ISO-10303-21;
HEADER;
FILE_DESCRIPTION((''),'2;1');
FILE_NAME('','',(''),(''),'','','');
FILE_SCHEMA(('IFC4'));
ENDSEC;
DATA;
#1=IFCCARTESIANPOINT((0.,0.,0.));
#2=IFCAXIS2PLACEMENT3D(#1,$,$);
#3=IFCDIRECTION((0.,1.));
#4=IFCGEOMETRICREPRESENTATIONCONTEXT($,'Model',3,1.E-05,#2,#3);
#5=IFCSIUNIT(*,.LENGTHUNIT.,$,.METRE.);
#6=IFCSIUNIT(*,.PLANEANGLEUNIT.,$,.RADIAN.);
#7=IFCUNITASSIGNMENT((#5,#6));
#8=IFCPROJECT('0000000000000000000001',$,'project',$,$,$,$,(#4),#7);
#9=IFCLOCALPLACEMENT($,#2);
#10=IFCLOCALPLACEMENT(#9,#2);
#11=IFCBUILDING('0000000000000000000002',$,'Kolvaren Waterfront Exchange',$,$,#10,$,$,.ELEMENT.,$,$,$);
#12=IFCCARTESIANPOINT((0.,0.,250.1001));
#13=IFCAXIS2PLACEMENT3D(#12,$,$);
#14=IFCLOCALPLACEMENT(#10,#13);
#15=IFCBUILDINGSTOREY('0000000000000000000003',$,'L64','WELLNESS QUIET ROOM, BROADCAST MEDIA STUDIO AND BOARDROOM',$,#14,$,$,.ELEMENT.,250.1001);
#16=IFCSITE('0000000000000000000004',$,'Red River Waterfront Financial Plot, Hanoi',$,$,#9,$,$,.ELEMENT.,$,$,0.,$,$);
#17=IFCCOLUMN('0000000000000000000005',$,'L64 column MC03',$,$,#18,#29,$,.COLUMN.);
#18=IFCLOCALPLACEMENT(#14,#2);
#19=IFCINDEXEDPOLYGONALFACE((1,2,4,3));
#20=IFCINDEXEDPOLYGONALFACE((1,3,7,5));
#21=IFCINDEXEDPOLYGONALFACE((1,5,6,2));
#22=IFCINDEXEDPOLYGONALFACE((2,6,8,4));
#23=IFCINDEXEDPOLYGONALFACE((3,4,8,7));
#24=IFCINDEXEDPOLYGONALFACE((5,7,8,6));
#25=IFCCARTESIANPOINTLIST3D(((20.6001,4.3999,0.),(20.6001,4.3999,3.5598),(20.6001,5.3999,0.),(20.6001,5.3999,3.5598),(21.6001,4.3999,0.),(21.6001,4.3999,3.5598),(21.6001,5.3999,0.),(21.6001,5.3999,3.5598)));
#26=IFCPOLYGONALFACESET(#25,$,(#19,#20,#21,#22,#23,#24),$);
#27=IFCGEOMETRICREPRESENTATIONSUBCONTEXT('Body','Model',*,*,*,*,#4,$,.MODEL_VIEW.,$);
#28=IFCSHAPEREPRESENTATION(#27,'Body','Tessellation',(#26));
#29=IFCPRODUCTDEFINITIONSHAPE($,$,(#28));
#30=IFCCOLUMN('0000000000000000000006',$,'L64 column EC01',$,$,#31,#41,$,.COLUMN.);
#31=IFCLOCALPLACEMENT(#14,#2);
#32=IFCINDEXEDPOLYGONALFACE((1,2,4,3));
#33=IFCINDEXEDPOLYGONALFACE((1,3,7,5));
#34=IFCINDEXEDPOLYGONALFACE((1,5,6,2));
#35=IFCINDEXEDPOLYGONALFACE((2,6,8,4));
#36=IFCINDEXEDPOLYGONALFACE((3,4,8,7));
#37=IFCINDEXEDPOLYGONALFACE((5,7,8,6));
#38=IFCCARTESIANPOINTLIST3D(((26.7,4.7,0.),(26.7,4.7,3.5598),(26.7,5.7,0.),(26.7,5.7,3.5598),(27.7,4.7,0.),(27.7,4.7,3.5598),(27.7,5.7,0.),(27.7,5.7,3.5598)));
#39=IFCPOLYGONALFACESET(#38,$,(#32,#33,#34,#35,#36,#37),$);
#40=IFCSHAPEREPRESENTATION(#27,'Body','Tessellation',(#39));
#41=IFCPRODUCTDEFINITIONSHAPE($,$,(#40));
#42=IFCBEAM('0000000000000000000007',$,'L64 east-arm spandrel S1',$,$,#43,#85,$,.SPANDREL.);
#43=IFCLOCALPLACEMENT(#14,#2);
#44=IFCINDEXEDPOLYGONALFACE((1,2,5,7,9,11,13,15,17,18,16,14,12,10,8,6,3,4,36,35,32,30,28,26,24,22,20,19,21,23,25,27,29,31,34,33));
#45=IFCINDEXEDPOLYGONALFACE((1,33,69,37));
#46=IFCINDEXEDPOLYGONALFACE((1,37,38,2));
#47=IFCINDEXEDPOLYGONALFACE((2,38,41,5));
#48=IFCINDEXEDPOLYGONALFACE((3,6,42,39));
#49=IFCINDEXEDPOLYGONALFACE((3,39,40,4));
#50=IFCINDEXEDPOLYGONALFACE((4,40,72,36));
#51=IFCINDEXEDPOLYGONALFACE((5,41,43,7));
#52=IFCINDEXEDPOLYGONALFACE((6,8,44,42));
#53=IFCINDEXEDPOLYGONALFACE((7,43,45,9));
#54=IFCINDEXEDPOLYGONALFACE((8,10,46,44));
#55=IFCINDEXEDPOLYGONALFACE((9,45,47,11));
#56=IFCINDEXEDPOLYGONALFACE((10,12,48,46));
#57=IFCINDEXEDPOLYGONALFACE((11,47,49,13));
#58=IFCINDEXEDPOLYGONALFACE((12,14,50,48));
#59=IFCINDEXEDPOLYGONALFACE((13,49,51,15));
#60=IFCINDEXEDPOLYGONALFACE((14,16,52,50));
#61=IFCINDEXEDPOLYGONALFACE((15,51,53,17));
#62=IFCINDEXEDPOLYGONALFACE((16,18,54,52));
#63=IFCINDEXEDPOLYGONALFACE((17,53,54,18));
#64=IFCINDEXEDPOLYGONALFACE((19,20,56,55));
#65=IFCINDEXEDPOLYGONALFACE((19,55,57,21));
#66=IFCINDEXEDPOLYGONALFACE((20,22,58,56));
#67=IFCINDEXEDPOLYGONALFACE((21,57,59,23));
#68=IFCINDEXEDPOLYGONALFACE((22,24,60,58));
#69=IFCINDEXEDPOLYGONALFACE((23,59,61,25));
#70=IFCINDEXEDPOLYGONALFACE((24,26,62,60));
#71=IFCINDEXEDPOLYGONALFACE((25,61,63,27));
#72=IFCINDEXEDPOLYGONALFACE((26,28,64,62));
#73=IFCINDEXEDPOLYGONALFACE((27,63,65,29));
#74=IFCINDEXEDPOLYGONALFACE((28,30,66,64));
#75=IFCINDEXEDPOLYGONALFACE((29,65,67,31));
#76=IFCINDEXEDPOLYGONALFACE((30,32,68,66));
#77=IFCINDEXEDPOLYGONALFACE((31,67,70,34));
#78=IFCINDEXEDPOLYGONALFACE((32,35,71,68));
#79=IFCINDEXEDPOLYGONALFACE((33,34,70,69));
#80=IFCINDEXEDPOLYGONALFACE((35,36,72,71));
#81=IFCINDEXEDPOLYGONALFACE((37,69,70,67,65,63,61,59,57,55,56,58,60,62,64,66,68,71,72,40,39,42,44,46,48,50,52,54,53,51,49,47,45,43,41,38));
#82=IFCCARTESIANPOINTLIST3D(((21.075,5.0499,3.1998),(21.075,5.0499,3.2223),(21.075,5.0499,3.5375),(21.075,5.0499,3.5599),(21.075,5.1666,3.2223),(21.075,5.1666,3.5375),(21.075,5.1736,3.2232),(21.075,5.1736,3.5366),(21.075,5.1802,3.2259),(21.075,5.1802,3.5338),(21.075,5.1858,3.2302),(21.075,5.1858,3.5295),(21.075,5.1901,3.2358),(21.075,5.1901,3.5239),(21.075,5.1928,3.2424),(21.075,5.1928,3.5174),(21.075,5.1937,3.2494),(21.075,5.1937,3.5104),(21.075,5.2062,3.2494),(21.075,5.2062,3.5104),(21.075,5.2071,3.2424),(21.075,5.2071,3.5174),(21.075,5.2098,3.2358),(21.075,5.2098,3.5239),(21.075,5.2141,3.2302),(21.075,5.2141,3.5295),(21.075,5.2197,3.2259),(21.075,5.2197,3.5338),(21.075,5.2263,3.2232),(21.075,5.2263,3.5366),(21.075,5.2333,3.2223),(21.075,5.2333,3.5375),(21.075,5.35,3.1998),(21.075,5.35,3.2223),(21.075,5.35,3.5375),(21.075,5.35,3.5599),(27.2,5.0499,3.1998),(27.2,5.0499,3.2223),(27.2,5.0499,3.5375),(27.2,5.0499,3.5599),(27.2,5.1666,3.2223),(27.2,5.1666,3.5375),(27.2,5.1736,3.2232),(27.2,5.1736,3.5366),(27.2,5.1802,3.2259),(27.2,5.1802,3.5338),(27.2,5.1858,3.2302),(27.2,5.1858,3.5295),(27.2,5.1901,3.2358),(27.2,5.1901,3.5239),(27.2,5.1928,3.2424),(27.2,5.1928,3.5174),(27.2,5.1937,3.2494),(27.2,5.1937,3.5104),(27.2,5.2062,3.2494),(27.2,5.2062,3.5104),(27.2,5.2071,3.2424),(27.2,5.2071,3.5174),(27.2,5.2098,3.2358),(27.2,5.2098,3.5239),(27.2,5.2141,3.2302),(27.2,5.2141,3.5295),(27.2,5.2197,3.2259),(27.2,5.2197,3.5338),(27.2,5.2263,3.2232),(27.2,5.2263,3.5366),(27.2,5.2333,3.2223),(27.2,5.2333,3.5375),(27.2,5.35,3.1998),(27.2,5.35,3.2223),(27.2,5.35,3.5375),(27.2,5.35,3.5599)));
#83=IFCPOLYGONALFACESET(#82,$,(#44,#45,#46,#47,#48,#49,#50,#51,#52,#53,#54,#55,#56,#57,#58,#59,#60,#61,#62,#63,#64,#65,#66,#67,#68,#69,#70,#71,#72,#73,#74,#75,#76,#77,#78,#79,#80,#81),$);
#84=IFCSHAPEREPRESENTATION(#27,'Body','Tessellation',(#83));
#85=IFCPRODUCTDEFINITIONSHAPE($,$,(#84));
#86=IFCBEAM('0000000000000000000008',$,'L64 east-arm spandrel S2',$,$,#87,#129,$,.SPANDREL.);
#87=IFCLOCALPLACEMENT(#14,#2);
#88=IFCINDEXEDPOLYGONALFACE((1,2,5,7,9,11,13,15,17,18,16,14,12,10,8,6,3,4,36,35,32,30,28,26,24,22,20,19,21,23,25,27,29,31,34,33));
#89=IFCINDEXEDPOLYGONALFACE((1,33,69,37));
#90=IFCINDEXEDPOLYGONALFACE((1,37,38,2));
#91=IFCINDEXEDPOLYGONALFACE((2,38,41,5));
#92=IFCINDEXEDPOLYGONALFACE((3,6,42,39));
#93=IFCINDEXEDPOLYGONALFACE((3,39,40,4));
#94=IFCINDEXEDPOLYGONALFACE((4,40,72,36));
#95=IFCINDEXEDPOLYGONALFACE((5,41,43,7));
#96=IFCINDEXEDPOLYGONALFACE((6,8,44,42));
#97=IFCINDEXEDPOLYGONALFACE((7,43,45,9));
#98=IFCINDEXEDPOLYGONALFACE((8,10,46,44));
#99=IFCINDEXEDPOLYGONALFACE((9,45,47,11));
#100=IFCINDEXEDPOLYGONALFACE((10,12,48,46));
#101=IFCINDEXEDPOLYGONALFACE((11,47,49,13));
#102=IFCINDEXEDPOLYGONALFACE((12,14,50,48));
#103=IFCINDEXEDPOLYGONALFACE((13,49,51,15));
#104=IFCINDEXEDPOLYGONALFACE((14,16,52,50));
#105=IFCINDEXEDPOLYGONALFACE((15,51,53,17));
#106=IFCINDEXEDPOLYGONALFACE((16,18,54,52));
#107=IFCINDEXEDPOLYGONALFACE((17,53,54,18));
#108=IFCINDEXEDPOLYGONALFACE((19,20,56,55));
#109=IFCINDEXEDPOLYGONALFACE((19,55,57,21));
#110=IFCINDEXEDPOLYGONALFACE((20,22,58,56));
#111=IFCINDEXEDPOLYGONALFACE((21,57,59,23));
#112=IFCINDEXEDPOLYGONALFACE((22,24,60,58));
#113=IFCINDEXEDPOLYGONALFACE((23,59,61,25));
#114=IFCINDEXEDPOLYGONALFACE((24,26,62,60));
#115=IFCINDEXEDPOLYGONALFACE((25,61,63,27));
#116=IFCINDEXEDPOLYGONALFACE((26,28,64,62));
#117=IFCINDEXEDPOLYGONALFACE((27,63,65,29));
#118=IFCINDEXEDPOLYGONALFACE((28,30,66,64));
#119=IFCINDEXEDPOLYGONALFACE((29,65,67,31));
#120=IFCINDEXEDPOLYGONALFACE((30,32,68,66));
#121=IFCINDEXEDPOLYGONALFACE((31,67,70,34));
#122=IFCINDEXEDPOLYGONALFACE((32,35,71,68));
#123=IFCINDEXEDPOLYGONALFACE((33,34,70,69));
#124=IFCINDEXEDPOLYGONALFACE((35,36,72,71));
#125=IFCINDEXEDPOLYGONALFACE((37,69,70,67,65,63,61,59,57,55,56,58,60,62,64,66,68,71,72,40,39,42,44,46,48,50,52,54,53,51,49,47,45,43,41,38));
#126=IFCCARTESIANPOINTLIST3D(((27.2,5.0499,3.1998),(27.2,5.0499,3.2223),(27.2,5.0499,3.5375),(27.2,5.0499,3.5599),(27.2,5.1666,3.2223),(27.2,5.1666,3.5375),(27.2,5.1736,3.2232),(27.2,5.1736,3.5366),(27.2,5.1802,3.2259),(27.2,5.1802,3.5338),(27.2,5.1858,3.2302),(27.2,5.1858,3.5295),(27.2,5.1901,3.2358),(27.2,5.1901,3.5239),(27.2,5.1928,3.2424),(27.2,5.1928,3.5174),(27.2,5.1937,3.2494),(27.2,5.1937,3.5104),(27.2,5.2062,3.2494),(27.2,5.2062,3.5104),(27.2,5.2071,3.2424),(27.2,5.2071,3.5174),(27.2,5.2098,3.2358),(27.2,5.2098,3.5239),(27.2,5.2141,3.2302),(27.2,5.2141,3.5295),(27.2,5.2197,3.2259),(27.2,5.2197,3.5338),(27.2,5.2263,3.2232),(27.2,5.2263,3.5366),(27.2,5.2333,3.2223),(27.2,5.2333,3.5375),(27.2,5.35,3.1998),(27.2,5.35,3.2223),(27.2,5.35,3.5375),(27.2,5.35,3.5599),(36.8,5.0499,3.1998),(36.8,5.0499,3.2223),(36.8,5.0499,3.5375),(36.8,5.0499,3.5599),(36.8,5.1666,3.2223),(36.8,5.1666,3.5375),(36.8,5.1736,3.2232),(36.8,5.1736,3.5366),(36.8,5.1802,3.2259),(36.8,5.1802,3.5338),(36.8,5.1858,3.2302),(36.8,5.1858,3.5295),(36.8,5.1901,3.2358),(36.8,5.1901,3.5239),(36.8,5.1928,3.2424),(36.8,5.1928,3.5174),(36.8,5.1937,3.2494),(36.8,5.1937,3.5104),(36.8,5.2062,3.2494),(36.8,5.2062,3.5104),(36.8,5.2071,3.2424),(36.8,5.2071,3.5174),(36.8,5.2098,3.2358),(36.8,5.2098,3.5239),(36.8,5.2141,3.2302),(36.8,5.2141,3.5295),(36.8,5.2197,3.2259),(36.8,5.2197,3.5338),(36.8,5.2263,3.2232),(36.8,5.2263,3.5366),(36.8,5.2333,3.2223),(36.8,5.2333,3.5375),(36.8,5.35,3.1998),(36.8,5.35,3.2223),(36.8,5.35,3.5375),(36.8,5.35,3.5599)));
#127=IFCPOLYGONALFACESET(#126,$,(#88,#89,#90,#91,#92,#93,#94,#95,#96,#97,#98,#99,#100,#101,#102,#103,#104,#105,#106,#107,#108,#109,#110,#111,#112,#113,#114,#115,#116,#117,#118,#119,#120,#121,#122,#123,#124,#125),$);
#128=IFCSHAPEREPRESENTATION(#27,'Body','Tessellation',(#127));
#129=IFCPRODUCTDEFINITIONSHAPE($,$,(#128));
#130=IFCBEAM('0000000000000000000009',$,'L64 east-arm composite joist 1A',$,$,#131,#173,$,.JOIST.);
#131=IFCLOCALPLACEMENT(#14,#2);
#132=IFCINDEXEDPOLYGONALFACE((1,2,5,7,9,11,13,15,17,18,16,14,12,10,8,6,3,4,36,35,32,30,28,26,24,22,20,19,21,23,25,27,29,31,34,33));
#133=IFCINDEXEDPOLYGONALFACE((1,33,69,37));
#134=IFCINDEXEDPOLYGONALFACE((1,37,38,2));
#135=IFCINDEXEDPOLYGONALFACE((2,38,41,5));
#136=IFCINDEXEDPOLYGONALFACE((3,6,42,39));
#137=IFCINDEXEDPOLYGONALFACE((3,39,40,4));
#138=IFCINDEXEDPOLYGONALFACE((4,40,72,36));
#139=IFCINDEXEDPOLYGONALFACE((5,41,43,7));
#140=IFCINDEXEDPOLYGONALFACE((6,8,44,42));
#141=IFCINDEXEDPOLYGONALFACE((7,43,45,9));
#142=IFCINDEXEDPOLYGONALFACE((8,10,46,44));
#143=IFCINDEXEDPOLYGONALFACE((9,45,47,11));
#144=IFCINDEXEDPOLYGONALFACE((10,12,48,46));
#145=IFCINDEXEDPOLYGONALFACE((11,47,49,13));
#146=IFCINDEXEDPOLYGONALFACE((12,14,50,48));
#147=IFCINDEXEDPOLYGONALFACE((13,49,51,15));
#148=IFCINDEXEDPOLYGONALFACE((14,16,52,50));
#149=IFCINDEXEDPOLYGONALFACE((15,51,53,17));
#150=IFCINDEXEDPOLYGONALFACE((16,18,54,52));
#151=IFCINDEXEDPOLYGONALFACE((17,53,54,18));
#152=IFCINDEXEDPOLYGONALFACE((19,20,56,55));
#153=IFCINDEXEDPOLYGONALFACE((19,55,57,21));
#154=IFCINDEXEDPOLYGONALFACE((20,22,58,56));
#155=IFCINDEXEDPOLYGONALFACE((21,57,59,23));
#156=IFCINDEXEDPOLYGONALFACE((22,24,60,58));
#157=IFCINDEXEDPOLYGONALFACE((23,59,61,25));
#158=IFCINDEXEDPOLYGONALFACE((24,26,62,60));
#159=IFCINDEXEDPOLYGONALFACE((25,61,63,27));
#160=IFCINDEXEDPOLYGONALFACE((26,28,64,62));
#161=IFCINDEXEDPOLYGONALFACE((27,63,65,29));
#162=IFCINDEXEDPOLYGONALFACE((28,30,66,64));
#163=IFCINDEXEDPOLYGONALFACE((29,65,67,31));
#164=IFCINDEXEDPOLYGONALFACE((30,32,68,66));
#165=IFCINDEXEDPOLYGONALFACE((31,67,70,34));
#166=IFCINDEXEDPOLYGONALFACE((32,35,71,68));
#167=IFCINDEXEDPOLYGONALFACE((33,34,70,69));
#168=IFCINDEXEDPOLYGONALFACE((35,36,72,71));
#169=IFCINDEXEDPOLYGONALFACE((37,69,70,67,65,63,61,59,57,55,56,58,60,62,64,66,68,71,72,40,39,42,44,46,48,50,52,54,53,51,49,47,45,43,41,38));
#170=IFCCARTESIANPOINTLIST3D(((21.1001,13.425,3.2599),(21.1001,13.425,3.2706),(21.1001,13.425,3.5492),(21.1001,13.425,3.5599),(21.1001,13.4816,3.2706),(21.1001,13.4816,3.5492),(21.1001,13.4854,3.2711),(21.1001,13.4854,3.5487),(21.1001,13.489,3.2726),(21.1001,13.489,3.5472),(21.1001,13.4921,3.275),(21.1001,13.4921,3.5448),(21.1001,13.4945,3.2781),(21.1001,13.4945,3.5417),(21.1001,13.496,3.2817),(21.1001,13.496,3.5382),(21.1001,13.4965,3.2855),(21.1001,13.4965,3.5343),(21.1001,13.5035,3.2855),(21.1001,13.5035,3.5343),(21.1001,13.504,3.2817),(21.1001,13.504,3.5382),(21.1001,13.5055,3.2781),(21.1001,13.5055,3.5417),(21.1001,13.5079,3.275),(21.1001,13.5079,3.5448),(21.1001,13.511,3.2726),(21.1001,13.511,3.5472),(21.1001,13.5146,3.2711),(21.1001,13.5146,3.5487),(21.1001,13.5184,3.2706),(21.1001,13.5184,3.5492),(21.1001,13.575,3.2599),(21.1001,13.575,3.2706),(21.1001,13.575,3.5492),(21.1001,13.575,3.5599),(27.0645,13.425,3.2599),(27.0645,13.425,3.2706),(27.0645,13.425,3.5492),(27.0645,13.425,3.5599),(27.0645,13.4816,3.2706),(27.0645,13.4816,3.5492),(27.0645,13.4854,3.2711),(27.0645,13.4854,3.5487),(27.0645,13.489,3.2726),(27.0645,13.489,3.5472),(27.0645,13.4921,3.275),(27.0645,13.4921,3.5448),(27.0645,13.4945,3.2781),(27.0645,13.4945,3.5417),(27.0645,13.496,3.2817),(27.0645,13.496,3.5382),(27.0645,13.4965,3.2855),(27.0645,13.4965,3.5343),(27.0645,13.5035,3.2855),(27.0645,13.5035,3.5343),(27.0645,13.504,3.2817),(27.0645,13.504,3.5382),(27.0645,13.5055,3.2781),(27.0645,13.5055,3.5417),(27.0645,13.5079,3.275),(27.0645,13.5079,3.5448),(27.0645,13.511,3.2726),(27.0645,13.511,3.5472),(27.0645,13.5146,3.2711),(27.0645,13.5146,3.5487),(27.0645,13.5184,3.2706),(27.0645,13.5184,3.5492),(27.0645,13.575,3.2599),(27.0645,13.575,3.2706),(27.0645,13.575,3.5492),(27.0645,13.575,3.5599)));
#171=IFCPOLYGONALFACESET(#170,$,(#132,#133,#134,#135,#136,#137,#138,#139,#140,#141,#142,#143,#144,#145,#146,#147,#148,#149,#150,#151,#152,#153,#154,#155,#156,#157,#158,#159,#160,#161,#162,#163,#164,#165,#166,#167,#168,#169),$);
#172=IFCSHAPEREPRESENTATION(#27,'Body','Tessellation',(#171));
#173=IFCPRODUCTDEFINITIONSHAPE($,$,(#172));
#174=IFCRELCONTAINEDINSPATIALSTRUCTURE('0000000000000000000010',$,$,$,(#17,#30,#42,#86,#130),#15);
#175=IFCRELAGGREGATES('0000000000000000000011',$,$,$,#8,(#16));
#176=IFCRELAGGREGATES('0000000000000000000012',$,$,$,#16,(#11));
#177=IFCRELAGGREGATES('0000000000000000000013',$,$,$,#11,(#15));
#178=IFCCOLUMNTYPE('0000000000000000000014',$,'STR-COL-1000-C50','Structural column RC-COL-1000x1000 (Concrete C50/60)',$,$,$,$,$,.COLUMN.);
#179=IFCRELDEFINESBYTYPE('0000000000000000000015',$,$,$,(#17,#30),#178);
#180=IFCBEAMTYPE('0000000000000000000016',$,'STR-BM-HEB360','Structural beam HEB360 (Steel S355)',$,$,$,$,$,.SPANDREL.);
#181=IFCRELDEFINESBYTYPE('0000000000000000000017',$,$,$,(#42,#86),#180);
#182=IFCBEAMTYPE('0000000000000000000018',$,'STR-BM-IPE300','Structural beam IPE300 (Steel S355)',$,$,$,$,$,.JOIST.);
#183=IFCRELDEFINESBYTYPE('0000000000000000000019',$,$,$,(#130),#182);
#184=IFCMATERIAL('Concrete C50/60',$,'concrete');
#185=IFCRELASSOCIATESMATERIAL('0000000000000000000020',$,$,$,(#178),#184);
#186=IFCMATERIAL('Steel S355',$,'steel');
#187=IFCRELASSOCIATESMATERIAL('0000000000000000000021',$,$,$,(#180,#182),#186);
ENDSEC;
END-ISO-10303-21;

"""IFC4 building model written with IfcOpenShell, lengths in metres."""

from ifc_helpers import new_model, si_unit, direction, frame, origin, origin_2d, place, context, subcontext, project, spatial, rectangle, i_section, extrude, material, material_profile, profile_set, type_object, element, save


model = new_model("IFC4")

# Units and contexts
model_context = context("Model", 3, precision=1e-05, world=origin(), true_north=direction((0.0, 1.0)))
body_context = subcontext(model_context, "Body", "Model", "MODEL_VIEW")
ifc_project = project(units=[si_unit("LENGTHUNIT", "METRE"), si_unit("PLANEANGLEUNIT", "RADIAN")], contexts=[model_context])

# Site, building, storey
site_placement = place(None, origin())
site = spatial("IfcSite", under=ifc_project, at=site_placement, Name="Red River Waterfront Financial Plot, Hanoi", CompositionType="ELEMENT", RefElevation=0.0)
building_placement = place(site_placement, origin())
building = spatial("IfcBuilding", under=site, at=building_placement, Name="Kolvaren Waterfront Exchange", CompositionType="ELEMENT")
storey_placement = place(building_placement, frame((0.0, 0.0, 250.1001)))
storey = spatial("IfcBuildingStorey", under=building, at=storey_placement, Name="L64", Description="WELLNESS QUIET ROOM, BROADCAST MEDIA STUDIO AND BOARDROOM", CompositionType="ELEMENT", Elevation=250.1001)

# Columns
ifc_material_1 = material(Name="Concrete C50/60", Category="concrete")
ifc_material_profile_1 = material_profile(ifc_material_1, rectangle(XDim=1.0, YDim=1.0, at=origin_2d()), Name="RC-COL-1000x1000")
ifc_profile_set_1 = profile_set([ifc_material_profile_1], Name="Concrete C50/60")
column_type = type_object("IfcColumnType", Name="STR-COL-1000-C50", Description="Structural column RC-COL-1000x1000 (Concrete C50/60)", PredefinedType="COLUMN", material=ifc_profile_set_1)
for number, where, z_axis, x_axis, name in (
    (1, (21.1001, 4.8999, 0.0), (0.0, 0.0, 1.0), (1.0, 0.0, 0.0), "L64 column MC03"),
    (2, (27.2, 5.2, 0.0), (0.0, 0.0, 1.0), (1.0, 0.0, 0.0), "L64 column EC01"),
):
    element("IfcColumn", number, at=place(storey_placement, frame(where, z_axis=z_axis, x_axis=x_axis)), inside=storey, type_object=column_type, Name=name, PredefinedType="COLUMN", context=body_context, shape_type="SweptSolid", body=[
        extrude(rectangle(XDim=1.0, YDim=1.0, at=origin_2d()), origin(), (0.0, 0.0, 1.0), 3.5598),
    ])

# Beams
ifc_material_2 = material(Name="Steel S355", Category="steel")
ifc_material_profile_2 = material_profile(ifc_material_2, i_section(OverallWidth=0.3, OverallDepth=0.3601, WebThickness=0.0125, FlangeThickness=0.0225, FilletRadius=0.0271, at=origin_2d()), Name="HEB360")
ifc_profile_set_2 = profile_set([ifc_material_profile_2], Name="Steel S355")
beam_type_1 = type_object("IfcBeamType", Name="STR-BM-HEB360", Description="Structural beam HEB360 (Steel S355)", PredefinedType="SPANDREL", material=ifc_profile_set_2)
beam_1_placement = place(storey_placement, frame((21.075, 5.2, 3.3799), z_axis=(1.0, 0.0, 0.0), x_axis=(0.0, 1.0, 0.0)))
element("IfcBeam", 3, at=beam_1_placement, inside=storey, type_object=beam_type_1, Name="L64 east-arm spandrel S1", PredefinedType="SPANDREL", context=body_context, shape_type="SweptSolid", body=[
    extrude(i_section(OverallWidth=0.3, OverallDepth=0.3601, WebThickness=0.0125, FlangeThickness=0.0225, FilletRadius=0.0271, at=origin_2d()), origin(), (0.0, 0.0, 1.0), 6.125),
])
beam_2_placement = place(storey_placement, frame((27.2, 5.2, 3.3799), z_axis=(1.0, 0.0, 0.0), x_axis=(0.0, 1.0, 0.0)))
element("IfcBeam", 4, at=beam_2_placement, inside=storey, type_object=beam_type_1, Name="L64 east-arm spandrel S2", PredefinedType="SPANDREL", context=body_context, shape_type="SweptSolid", body=[
    extrude(i_section(OverallWidth=0.3, OverallDepth=0.3601, WebThickness=0.0125, FlangeThickness=0.0225, FilletRadius=0.0271, at=origin_2d()), origin(), (0.0, 0.0, 1.0), 9.6001),
])
ifc_material_profile_3 = material_profile(ifc_material_2, i_section(OverallWidth=0.1499, OverallDepth=0.3, WebThickness=0.0071, FlangeThickness=0.0107, FilletRadius=0.0149, at=origin_2d()), Name="IPE300")
ifc_profile_set_3 = profile_set([ifc_material_profile_3], Name="Steel S355")
beam_type_2 = type_object("IfcBeamType", Name="STR-BM-IPE300", Description="Structural beam IPE300 (Steel S355)", PredefinedType="JOIST", material=ifc_profile_set_3)
for number, where, z_axis, x_axis, name in (
    (5, (21.1001, 13.5, 3.4099), (1.0, 0.0, 0.0), (0.0, 1.0, 0.0), "L64 east-arm composite joist 1A"),
):
    element("IfcBeam", number, at=place(storey_placement, frame(where, z_axis=z_axis, x_axis=x_axis)), inside=storey, type_object=beam_type_2, Name=name, PredefinedType="JOIST", context=body_context, shape_type="SweptSolid", body=[
        extrude(i_section(OverallWidth=0.1499, OverallDepth=0.3, WebThickness=0.0071, FlangeThickness=0.0107, FilletRadius=0.0149, at=origin_2d()), origin(), (0.0, 0.0, 1.0), 5.9644),
    ])

save(model, "model.ifc")
